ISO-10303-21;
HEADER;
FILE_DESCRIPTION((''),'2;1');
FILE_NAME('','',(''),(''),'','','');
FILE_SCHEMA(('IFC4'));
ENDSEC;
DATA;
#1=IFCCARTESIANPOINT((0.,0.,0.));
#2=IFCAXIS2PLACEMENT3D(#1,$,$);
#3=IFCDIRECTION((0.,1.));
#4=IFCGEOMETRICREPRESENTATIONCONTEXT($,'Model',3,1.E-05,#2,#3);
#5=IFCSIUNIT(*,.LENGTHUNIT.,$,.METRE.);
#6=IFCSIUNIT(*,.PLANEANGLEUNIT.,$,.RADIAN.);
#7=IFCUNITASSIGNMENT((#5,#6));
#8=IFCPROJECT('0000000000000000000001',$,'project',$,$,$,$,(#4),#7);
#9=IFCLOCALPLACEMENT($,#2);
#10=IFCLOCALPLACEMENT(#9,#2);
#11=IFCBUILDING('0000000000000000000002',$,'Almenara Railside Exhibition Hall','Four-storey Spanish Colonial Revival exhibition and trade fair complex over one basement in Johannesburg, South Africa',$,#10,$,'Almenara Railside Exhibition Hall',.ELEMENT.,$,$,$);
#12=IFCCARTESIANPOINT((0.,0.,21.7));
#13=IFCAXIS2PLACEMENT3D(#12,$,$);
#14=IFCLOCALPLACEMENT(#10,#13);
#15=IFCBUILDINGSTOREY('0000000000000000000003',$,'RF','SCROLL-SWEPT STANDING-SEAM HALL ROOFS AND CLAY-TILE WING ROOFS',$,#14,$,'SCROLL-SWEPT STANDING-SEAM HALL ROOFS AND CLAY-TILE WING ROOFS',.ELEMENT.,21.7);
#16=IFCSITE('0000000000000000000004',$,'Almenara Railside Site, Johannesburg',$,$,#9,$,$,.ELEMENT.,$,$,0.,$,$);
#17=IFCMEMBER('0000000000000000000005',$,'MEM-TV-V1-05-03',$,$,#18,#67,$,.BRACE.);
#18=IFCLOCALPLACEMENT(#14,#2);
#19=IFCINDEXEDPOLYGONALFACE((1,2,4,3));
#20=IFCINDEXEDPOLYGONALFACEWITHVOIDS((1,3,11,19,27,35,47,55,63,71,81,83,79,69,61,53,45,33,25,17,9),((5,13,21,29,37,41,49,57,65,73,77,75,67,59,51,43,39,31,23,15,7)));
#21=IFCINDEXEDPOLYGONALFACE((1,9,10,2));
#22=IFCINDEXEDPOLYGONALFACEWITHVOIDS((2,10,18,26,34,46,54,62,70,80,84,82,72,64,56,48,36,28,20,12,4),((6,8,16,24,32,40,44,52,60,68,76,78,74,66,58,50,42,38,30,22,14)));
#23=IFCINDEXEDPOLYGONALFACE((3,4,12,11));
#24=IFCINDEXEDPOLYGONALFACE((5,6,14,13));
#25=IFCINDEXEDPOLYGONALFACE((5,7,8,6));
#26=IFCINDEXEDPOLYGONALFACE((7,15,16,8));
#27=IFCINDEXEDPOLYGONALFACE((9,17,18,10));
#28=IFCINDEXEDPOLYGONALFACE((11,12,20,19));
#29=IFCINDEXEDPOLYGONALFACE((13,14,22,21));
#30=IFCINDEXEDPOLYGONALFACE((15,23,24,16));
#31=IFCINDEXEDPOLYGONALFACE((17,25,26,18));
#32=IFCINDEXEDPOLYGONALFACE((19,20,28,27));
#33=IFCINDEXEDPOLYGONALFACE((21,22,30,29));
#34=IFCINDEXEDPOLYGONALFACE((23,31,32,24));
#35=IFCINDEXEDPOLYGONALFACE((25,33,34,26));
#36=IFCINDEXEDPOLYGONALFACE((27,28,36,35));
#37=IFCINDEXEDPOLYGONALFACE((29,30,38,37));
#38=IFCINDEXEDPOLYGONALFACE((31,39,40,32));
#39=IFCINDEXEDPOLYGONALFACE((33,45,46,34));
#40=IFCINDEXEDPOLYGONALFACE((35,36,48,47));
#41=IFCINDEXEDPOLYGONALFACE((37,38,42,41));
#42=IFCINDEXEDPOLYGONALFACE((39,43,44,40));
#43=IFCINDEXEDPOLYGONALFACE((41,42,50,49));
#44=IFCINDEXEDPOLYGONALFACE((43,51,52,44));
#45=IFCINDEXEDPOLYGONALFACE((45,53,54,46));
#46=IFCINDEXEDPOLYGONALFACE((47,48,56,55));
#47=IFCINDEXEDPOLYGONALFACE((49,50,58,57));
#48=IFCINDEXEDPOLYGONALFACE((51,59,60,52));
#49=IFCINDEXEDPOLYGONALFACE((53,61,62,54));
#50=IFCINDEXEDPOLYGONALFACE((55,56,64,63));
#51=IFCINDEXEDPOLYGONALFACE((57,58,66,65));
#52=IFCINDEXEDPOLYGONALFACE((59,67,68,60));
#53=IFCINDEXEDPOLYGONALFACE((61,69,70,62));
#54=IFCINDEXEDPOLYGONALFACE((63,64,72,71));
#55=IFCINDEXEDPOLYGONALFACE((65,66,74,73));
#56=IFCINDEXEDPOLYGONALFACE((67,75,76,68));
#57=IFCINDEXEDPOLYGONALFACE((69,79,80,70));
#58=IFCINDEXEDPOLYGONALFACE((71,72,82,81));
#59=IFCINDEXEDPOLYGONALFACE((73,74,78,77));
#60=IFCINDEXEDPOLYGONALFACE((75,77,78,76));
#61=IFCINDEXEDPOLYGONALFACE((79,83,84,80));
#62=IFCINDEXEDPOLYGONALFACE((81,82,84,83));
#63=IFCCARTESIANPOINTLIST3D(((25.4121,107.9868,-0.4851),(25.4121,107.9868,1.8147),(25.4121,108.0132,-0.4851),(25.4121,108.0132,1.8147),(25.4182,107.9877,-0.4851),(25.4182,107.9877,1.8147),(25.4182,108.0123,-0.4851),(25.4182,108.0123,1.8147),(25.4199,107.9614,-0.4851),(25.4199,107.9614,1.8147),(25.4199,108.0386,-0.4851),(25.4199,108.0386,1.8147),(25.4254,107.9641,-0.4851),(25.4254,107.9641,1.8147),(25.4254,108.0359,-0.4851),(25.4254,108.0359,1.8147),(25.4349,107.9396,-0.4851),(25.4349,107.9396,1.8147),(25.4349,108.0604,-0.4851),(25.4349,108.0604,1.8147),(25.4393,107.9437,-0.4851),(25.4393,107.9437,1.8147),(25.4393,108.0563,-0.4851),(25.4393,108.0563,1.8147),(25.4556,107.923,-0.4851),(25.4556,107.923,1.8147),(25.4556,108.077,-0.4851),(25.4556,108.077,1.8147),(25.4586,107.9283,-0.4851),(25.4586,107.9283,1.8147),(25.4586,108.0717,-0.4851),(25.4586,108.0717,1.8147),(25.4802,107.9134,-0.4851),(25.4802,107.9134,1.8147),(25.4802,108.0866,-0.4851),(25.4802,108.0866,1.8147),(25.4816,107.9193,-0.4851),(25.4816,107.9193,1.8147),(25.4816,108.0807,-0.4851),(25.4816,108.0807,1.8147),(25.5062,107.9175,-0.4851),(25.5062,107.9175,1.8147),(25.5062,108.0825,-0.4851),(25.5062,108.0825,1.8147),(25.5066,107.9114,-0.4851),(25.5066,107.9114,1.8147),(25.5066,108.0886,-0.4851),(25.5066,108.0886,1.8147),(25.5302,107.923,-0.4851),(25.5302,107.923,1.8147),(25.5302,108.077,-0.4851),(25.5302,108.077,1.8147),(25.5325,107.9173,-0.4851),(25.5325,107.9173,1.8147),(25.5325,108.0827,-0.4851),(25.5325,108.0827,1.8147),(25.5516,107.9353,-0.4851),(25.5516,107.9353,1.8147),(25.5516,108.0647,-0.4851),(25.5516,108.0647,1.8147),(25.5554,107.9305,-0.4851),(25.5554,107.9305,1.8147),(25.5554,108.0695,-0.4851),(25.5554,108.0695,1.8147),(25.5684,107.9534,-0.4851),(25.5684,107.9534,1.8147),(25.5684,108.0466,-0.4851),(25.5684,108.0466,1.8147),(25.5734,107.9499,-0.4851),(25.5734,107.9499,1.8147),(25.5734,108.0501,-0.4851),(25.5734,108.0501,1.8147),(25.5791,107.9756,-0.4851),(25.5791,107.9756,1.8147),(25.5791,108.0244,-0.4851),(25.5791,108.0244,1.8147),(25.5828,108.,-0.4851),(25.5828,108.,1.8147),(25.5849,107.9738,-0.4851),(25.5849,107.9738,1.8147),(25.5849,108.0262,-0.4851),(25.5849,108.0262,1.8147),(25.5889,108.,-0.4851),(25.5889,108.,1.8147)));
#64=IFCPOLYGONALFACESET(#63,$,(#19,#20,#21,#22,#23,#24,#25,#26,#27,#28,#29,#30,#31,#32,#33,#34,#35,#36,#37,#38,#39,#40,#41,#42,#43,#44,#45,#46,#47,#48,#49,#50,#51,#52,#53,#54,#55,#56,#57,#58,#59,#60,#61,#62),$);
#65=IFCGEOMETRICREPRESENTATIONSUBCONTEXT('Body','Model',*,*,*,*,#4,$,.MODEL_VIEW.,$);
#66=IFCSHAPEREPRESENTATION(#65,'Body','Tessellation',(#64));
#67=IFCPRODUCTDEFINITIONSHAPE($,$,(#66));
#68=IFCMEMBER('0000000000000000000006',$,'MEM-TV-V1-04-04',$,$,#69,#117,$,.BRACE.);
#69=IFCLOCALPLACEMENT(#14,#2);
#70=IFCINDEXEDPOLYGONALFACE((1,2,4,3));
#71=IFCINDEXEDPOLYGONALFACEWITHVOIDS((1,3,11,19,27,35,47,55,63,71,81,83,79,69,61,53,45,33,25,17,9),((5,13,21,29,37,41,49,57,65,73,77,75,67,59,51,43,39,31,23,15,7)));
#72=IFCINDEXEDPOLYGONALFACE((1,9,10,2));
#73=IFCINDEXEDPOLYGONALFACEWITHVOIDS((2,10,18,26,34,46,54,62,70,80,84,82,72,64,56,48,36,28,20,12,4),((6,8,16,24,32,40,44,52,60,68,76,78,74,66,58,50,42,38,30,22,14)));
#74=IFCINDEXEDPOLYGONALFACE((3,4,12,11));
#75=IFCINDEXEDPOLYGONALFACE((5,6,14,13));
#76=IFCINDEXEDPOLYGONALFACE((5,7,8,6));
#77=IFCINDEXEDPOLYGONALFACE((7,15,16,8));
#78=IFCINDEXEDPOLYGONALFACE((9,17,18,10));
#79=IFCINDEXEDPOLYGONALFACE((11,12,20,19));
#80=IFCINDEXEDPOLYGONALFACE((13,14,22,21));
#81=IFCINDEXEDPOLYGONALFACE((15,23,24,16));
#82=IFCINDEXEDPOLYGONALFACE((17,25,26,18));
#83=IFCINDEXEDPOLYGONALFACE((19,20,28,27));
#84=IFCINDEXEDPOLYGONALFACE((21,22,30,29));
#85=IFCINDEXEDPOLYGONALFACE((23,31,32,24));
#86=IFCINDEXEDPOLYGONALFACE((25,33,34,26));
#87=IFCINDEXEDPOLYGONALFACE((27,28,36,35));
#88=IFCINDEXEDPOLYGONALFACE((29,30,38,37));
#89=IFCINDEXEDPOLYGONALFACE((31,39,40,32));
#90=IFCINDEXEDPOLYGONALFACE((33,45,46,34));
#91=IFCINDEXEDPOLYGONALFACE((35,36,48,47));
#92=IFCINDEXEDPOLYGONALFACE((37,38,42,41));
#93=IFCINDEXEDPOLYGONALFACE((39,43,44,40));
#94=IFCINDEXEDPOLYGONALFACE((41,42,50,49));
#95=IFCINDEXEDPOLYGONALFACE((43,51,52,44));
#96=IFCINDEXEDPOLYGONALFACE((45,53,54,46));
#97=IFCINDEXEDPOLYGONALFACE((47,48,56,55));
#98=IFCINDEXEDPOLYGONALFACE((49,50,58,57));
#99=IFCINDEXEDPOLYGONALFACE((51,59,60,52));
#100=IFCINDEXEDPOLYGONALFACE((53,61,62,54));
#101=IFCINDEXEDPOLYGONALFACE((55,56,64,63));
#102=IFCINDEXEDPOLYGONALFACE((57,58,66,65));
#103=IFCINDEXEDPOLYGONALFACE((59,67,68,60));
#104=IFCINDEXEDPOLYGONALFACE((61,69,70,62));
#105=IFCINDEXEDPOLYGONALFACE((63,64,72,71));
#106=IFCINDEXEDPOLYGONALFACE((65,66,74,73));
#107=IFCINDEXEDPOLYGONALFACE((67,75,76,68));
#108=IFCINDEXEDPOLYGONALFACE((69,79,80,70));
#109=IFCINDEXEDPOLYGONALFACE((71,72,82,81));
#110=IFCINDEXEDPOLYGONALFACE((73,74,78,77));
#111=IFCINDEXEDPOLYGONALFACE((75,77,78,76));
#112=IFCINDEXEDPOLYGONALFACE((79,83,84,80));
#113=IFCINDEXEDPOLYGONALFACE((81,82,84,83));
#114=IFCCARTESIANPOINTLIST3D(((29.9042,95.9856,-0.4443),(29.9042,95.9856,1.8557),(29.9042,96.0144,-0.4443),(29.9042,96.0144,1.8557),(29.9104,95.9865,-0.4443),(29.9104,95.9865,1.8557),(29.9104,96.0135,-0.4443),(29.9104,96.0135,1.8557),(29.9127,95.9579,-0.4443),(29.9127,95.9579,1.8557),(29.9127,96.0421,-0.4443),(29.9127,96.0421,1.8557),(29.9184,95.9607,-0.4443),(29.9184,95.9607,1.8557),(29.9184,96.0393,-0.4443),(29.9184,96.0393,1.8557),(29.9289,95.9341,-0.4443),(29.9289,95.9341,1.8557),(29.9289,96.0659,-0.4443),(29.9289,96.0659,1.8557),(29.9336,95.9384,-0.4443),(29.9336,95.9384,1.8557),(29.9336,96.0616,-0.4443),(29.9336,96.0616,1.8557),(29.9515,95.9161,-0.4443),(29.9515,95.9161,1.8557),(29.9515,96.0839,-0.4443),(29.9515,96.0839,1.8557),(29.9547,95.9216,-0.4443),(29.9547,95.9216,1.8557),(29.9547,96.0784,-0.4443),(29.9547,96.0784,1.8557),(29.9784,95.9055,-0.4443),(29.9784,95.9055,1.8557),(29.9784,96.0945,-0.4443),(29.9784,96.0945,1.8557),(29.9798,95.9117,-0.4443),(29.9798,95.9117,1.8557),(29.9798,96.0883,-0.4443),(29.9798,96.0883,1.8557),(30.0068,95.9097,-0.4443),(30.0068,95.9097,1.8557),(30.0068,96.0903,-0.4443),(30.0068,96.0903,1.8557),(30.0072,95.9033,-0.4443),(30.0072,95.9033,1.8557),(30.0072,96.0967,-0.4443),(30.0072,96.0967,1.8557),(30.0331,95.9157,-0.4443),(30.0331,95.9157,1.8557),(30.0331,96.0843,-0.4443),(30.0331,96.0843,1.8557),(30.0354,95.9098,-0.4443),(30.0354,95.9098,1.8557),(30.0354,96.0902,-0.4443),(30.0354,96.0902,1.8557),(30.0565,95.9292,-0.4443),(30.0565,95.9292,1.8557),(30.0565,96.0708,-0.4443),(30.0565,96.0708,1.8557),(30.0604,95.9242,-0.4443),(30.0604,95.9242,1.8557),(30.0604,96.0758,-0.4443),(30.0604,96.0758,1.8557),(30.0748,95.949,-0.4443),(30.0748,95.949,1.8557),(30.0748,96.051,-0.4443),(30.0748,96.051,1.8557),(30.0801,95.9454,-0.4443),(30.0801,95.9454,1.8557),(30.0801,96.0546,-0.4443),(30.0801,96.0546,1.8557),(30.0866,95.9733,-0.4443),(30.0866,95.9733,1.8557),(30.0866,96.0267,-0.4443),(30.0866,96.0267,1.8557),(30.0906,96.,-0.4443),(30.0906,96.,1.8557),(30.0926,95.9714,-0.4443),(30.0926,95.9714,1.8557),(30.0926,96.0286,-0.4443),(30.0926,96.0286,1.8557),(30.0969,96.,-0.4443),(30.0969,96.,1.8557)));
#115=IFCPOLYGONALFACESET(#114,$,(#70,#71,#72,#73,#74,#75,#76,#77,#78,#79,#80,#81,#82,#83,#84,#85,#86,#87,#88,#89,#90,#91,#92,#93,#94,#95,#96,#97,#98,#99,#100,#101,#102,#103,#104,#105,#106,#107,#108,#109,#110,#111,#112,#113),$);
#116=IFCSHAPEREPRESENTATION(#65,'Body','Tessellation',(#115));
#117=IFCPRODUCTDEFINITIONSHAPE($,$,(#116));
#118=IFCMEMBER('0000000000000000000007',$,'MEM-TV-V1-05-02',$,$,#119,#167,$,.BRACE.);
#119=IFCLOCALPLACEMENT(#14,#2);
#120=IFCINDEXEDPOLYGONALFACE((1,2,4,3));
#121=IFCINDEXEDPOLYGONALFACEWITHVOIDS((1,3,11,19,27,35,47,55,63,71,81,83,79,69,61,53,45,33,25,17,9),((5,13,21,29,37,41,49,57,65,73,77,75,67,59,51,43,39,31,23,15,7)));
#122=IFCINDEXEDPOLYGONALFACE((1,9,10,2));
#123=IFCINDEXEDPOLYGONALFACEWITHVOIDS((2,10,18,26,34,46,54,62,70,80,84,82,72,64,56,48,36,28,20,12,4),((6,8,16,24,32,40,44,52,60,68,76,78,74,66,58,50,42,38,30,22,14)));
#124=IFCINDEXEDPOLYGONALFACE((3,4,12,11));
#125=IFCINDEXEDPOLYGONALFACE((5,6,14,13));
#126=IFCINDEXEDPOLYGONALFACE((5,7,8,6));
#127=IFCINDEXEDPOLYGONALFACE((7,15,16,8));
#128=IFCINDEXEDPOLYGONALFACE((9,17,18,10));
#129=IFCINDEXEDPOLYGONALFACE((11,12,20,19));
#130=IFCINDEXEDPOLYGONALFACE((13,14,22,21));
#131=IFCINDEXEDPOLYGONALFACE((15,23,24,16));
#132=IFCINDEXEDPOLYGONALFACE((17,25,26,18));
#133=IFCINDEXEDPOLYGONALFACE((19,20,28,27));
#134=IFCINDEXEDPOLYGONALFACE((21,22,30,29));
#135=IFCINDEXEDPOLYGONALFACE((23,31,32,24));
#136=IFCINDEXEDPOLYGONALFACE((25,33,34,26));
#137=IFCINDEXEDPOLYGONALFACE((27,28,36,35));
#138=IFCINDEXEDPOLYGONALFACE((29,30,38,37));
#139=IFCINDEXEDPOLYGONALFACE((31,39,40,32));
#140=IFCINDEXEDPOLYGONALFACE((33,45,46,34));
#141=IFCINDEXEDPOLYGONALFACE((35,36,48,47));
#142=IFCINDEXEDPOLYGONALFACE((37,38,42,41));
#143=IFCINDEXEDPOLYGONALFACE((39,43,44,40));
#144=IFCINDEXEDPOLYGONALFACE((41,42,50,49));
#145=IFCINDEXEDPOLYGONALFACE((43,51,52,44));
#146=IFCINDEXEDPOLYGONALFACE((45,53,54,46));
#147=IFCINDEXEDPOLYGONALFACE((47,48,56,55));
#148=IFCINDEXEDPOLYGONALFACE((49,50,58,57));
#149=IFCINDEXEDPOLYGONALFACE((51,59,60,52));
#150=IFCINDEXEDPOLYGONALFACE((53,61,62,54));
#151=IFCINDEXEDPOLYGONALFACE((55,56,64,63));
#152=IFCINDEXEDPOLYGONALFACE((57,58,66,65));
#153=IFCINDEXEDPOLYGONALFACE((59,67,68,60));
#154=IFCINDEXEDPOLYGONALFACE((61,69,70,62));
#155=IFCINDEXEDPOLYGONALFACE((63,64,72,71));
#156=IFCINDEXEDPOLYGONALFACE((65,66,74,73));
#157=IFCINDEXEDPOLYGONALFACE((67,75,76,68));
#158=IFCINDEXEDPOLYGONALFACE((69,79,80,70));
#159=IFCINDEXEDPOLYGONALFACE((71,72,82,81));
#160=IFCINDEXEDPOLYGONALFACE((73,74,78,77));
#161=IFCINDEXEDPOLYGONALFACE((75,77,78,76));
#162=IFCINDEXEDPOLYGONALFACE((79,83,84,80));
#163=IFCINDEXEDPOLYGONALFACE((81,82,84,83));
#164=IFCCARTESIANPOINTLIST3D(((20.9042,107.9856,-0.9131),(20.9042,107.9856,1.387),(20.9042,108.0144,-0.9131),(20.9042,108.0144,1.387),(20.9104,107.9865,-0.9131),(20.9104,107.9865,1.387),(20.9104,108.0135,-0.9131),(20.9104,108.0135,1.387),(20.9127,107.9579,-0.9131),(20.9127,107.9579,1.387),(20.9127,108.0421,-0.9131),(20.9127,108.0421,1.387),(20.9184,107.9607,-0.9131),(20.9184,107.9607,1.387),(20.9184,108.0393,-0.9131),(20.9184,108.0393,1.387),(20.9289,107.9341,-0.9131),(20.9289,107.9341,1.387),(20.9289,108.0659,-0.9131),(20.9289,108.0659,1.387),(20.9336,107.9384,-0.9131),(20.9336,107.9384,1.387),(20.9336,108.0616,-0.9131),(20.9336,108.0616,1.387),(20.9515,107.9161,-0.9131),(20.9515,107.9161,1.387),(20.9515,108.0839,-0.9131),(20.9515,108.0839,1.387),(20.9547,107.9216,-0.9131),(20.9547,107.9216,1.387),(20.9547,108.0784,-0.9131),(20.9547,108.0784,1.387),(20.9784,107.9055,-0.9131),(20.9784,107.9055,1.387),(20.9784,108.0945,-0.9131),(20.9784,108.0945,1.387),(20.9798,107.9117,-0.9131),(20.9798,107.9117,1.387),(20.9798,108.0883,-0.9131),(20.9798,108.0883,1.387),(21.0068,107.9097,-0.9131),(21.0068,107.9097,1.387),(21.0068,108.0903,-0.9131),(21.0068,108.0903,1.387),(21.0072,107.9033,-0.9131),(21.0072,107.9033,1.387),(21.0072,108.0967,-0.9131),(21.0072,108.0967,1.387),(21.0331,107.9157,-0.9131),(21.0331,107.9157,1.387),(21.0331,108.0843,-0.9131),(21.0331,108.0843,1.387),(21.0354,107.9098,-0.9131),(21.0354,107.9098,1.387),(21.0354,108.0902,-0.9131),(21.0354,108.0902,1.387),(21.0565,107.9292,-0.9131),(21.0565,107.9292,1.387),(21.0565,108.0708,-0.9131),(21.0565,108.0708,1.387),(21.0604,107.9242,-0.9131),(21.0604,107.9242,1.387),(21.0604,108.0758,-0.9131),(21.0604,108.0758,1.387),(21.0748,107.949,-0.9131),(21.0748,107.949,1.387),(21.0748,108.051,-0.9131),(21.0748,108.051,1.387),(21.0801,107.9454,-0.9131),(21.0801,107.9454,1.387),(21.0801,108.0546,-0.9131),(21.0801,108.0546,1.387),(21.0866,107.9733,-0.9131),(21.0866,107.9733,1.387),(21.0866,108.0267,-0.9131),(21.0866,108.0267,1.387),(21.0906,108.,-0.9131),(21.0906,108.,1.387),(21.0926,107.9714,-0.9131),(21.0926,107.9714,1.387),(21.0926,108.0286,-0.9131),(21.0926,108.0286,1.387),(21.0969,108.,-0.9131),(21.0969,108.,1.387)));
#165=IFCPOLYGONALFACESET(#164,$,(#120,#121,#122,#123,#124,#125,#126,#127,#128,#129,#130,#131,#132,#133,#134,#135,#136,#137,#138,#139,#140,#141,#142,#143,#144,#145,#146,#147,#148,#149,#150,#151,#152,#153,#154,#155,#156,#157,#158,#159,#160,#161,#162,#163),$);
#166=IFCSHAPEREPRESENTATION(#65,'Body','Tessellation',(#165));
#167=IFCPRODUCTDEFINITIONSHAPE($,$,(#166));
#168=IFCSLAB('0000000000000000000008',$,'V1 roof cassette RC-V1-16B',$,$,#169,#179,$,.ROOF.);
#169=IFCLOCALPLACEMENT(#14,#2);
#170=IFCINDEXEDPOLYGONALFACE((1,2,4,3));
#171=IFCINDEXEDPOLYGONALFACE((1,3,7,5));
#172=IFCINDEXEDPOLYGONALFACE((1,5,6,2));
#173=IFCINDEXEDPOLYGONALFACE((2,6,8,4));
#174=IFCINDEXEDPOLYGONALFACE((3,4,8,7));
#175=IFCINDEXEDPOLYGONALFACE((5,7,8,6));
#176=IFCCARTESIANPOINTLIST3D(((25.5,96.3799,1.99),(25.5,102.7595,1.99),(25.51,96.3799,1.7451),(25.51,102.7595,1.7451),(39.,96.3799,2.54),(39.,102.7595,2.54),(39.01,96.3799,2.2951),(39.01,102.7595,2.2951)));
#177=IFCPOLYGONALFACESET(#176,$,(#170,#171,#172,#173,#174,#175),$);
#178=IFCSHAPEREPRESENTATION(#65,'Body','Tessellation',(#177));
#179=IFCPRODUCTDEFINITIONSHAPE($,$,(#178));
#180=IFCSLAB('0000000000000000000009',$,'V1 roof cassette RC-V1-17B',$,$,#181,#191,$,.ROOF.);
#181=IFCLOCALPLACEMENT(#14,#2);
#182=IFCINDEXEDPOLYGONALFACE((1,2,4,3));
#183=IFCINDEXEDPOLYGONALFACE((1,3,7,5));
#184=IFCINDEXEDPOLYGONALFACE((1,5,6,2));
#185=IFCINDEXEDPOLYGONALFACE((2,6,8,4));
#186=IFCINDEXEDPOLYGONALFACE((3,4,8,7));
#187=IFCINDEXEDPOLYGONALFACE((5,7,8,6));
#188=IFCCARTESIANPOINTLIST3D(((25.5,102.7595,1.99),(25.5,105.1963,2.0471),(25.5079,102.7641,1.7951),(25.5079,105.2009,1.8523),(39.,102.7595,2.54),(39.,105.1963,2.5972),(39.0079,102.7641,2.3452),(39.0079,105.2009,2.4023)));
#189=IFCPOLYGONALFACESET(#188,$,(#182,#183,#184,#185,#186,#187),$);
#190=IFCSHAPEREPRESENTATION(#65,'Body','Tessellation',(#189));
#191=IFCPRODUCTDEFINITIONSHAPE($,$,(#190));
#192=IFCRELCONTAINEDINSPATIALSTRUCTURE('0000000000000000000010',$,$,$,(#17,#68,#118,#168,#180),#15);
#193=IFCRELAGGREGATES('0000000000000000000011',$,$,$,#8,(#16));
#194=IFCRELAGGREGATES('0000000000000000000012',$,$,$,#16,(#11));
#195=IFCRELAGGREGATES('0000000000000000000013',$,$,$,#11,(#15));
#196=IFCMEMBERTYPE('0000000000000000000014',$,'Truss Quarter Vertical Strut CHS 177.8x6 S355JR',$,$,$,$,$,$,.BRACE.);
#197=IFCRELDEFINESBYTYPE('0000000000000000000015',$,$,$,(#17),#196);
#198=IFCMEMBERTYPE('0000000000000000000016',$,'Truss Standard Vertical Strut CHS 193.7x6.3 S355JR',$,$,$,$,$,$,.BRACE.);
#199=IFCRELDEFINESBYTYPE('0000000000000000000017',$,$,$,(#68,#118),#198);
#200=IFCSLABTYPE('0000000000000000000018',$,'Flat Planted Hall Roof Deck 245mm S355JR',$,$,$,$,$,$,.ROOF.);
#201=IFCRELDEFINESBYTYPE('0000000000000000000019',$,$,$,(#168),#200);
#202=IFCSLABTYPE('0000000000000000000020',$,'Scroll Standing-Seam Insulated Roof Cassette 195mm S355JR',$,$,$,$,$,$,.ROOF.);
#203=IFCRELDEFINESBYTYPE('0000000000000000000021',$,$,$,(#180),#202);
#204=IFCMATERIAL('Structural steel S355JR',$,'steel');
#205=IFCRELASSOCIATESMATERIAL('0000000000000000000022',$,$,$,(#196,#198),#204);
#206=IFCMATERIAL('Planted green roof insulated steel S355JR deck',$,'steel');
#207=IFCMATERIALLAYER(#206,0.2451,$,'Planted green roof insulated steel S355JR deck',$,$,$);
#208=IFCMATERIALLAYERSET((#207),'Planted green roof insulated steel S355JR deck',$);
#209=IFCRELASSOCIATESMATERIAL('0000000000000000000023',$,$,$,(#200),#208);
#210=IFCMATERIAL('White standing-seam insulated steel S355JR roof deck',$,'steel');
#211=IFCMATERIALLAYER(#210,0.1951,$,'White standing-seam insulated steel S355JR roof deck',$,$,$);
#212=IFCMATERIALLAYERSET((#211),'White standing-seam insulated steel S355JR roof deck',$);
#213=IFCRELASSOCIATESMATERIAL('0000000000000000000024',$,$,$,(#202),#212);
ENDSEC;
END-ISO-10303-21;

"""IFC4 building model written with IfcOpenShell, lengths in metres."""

from ifc_helpers import new_model, si_unit, direction, frame, origin, origin_2d, place, context, subcontext, project, spatial, polyline, hollow_circle, outline, extrude, material, layer, layer_set, material_profile, profile_set, type_object, element, save


model = new_model("IFC4")

# Units and contexts
model_context = context("Model", 3, precision=1e-05, world=origin(), true_north=direction((0.0, 1.0)))
body_context = subcontext(model_context, "Body", "Model", "MODEL_VIEW")
ifc_project = project(units=[si_unit("LENGTHUNIT", "METRE"), si_unit("PLANEANGLEUNIT", "RADIAN")], contexts=[model_context])

# Site, building, storey
site_placement = place(None, origin())
site = spatial("IfcSite", under=ifc_project, at=site_placement, Name="Almenara Railside Site, Johannesburg", CompositionType="ELEMENT", RefElevation=0.0)
building_placement = place(site_placement, origin())
building = spatial("IfcBuilding", under=site, at=building_placement, Name="Almenara Railside Exhibition Hall", Description="Four-storey Spanish Colonial Revival exhibition and trade fair complex over one basement in Johannesburg, South Africa", LongName="Almenara Railside Exhibition Hall", CompositionType="ELEMENT")
storey_placement = place(building_placement, frame((0.0, 0.0, 21.7)))
storey = spatial("IfcBuildingStorey", under=building, at=storey_placement, Name="RF", Description="SCROLL-SWEPT STANDING-SEAM HALL ROOFS AND CLAY-TILE WING ROOFS", LongName="SCROLL-SWEPT STANDING-SEAM HALL ROOFS AND CLAY-TILE WING ROOFS", CompositionType="ELEMENT", Elevation=21.7)

# Members
ifc_material_1 = material(Name="Structural steel S355JR", Category="steel")
ifc_material_profile_1 = material_profile(ifc_material_1, hollow_circle(Radius=0.0889, WallThickness=0.0061, at=origin_2d()), Name="CHS 177.8x6")
ifc_profile_set_1 = profile_set([ifc_material_profile_1], Name="Structural steel S355JR")
member_type_1 = type_object("IfcMemberType", Name="Truss Quarter Vertical Strut CHS 177.8x6 S355JR", PredefinedType="BRACE", material=ifc_profile_set_1)
member_1_placement = place(storey_placement, frame((25.5, 108.0, -0.4851), z_axis=(0.0, 0.0, 1.0), x_axis=(1.0, 0.0, 0.0)))
element("IfcMember", 1, at=member_1_placement, inside=storey, type_object=member_type_1, Name="MEM-TV-V1-05-03", PredefinedType="BRACE", context=body_context, shape_type="SweptSolid", body=[
    extrude(hollow_circle(Radius=0.0889, WallThickness=0.0061, at=origin_2d()), origin(), (0.0, 0.0, 1.0), 2.2998),
])
ifc_material_profile_2 = material_profile(ifc_material_1, hollow_circle(Radius=0.0969, WallThickness=0.0063, at=origin_2d()), Name="CHS 193.7x6.3")
ifc_profile_set_2 = profile_set([ifc_material_profile_2], Name="Structural steel S355JR")
member_type_2 = type_object("IfcMemberType", Name="Truss Standard Vertical Strut CHS 193.7x6.3 S355JR", PredefinedType="BRACE", material=ifc_profile_set_2)
for number, where, z_axis, x_axis, name in (
    (2, (30.0, 96.0, -0.4443), (0.0, 0.0, 1.0), (1.0, 0.0, 0.0), "MEM-TV-V1-04-04"),
    (3, (21.0, 108.0, -0.9131), (0.0, 0.0, 1.0), (1.0, 0.0, 0.0), "MEM-TV-V1-05-02"),
):
    element("IfcMember", number, at=place(storey_placement, frame(where, z_axis=z_axis, x_axis=x_axis)), inside=storey, type_object=member_type_2, Name=name, PredefinedType="BRACE", context=body_context, shape_type="SweptSolid", body=[
        extrude(hollow_circle(Radius=0.0969, WallThickness=0.0063, at=origin_2d()), origin(), (0.0, 0.0, 1.0), 2.3),
    ])

# Slabs
ifc_material_2 = material(Name="Planted green roof insulated steel S355JR deck", Category="steel")
ifc_layer_1 = layer(ifc_material_2, 0.2451, Name="Planted green roof insulated steel S355JR deck")
ifc_layer_set_1 = layer_set([ifc_layer_1], Name="Planted green roof insulated steel S355JR deck")
slab_type_1 = type_object("IfcSlabType", Name="Flat Planted Hall Roof Deck 245mm S355JR", PredefinedType="ROOF", material=ifc_layer_set_1)
slab_1_placement = place(storey_placement, frame((25.5, 96.3799, 1.99), z_axis=(-0.040711, 0.0, 0.999171), x_axis=(0.999171, 0.0, 0.040711)))
element("IfcSlab", 4, at=slab_1_placement, inside=storey, type_object=slab_type_1, Name="V1 roof cassette RC-V1-16B", PredefinedType="ROOF", context=body_context, shape_type="SweptSolid", body=[
    extrude(outline(polyline([(0.0, 0.0), (13.5112, 0.0), (13.5112, 6.3796), (0.0, 6.3796), (0.0, 0.0)])), origin(), (0.0, 0.0, -1.0), 0.2451),
])
ifc_material_3 = material(Name="White standing-seam insulated steel S355JR roof deck", Category="steel")
ifc_layer_2 = layer(ifc_material_3, 0.1951, Name="White standing-seam insulated steel S355JR roof deck")
ifc_layer_set_2 = layer_set([ifc_layer_2], Name="White standing-seam insulated steel S355JR roof deck")
slab_type_2 = type_object("IfcSlabType", Name="Scroll Standing-Seam Insulated Roof Cassette 195mm S355JR", PredefinedType="ROOF", material=ifc_layer_set_2)
slab_2_placement = place(storey_placement, frame((25.5, 102.7595, 1.99), z_axis=(-0.040699, -0.023419, 0.998897), x_axis=(0.999171, 0.0, 0.040711)))
element("IfcSlab", 5, at=slab_2_placement, inside=storey, type_object=slab_type_2, Name="V1 roof cassette RC-V1-17B", PredefinedType="ROOF", context=body_context, shape_type="SweptSolid", body=[
    extrude(outline(polyline([(0.0, 0.0), (13.5112, 0.0), (13.5135, 2.4374), (0.0023, 2.4374), (0.0, 0.0)])), origin(), (0.0, 0.0, -1.0), 0.1951),
])

save(model, "model.ifc")
